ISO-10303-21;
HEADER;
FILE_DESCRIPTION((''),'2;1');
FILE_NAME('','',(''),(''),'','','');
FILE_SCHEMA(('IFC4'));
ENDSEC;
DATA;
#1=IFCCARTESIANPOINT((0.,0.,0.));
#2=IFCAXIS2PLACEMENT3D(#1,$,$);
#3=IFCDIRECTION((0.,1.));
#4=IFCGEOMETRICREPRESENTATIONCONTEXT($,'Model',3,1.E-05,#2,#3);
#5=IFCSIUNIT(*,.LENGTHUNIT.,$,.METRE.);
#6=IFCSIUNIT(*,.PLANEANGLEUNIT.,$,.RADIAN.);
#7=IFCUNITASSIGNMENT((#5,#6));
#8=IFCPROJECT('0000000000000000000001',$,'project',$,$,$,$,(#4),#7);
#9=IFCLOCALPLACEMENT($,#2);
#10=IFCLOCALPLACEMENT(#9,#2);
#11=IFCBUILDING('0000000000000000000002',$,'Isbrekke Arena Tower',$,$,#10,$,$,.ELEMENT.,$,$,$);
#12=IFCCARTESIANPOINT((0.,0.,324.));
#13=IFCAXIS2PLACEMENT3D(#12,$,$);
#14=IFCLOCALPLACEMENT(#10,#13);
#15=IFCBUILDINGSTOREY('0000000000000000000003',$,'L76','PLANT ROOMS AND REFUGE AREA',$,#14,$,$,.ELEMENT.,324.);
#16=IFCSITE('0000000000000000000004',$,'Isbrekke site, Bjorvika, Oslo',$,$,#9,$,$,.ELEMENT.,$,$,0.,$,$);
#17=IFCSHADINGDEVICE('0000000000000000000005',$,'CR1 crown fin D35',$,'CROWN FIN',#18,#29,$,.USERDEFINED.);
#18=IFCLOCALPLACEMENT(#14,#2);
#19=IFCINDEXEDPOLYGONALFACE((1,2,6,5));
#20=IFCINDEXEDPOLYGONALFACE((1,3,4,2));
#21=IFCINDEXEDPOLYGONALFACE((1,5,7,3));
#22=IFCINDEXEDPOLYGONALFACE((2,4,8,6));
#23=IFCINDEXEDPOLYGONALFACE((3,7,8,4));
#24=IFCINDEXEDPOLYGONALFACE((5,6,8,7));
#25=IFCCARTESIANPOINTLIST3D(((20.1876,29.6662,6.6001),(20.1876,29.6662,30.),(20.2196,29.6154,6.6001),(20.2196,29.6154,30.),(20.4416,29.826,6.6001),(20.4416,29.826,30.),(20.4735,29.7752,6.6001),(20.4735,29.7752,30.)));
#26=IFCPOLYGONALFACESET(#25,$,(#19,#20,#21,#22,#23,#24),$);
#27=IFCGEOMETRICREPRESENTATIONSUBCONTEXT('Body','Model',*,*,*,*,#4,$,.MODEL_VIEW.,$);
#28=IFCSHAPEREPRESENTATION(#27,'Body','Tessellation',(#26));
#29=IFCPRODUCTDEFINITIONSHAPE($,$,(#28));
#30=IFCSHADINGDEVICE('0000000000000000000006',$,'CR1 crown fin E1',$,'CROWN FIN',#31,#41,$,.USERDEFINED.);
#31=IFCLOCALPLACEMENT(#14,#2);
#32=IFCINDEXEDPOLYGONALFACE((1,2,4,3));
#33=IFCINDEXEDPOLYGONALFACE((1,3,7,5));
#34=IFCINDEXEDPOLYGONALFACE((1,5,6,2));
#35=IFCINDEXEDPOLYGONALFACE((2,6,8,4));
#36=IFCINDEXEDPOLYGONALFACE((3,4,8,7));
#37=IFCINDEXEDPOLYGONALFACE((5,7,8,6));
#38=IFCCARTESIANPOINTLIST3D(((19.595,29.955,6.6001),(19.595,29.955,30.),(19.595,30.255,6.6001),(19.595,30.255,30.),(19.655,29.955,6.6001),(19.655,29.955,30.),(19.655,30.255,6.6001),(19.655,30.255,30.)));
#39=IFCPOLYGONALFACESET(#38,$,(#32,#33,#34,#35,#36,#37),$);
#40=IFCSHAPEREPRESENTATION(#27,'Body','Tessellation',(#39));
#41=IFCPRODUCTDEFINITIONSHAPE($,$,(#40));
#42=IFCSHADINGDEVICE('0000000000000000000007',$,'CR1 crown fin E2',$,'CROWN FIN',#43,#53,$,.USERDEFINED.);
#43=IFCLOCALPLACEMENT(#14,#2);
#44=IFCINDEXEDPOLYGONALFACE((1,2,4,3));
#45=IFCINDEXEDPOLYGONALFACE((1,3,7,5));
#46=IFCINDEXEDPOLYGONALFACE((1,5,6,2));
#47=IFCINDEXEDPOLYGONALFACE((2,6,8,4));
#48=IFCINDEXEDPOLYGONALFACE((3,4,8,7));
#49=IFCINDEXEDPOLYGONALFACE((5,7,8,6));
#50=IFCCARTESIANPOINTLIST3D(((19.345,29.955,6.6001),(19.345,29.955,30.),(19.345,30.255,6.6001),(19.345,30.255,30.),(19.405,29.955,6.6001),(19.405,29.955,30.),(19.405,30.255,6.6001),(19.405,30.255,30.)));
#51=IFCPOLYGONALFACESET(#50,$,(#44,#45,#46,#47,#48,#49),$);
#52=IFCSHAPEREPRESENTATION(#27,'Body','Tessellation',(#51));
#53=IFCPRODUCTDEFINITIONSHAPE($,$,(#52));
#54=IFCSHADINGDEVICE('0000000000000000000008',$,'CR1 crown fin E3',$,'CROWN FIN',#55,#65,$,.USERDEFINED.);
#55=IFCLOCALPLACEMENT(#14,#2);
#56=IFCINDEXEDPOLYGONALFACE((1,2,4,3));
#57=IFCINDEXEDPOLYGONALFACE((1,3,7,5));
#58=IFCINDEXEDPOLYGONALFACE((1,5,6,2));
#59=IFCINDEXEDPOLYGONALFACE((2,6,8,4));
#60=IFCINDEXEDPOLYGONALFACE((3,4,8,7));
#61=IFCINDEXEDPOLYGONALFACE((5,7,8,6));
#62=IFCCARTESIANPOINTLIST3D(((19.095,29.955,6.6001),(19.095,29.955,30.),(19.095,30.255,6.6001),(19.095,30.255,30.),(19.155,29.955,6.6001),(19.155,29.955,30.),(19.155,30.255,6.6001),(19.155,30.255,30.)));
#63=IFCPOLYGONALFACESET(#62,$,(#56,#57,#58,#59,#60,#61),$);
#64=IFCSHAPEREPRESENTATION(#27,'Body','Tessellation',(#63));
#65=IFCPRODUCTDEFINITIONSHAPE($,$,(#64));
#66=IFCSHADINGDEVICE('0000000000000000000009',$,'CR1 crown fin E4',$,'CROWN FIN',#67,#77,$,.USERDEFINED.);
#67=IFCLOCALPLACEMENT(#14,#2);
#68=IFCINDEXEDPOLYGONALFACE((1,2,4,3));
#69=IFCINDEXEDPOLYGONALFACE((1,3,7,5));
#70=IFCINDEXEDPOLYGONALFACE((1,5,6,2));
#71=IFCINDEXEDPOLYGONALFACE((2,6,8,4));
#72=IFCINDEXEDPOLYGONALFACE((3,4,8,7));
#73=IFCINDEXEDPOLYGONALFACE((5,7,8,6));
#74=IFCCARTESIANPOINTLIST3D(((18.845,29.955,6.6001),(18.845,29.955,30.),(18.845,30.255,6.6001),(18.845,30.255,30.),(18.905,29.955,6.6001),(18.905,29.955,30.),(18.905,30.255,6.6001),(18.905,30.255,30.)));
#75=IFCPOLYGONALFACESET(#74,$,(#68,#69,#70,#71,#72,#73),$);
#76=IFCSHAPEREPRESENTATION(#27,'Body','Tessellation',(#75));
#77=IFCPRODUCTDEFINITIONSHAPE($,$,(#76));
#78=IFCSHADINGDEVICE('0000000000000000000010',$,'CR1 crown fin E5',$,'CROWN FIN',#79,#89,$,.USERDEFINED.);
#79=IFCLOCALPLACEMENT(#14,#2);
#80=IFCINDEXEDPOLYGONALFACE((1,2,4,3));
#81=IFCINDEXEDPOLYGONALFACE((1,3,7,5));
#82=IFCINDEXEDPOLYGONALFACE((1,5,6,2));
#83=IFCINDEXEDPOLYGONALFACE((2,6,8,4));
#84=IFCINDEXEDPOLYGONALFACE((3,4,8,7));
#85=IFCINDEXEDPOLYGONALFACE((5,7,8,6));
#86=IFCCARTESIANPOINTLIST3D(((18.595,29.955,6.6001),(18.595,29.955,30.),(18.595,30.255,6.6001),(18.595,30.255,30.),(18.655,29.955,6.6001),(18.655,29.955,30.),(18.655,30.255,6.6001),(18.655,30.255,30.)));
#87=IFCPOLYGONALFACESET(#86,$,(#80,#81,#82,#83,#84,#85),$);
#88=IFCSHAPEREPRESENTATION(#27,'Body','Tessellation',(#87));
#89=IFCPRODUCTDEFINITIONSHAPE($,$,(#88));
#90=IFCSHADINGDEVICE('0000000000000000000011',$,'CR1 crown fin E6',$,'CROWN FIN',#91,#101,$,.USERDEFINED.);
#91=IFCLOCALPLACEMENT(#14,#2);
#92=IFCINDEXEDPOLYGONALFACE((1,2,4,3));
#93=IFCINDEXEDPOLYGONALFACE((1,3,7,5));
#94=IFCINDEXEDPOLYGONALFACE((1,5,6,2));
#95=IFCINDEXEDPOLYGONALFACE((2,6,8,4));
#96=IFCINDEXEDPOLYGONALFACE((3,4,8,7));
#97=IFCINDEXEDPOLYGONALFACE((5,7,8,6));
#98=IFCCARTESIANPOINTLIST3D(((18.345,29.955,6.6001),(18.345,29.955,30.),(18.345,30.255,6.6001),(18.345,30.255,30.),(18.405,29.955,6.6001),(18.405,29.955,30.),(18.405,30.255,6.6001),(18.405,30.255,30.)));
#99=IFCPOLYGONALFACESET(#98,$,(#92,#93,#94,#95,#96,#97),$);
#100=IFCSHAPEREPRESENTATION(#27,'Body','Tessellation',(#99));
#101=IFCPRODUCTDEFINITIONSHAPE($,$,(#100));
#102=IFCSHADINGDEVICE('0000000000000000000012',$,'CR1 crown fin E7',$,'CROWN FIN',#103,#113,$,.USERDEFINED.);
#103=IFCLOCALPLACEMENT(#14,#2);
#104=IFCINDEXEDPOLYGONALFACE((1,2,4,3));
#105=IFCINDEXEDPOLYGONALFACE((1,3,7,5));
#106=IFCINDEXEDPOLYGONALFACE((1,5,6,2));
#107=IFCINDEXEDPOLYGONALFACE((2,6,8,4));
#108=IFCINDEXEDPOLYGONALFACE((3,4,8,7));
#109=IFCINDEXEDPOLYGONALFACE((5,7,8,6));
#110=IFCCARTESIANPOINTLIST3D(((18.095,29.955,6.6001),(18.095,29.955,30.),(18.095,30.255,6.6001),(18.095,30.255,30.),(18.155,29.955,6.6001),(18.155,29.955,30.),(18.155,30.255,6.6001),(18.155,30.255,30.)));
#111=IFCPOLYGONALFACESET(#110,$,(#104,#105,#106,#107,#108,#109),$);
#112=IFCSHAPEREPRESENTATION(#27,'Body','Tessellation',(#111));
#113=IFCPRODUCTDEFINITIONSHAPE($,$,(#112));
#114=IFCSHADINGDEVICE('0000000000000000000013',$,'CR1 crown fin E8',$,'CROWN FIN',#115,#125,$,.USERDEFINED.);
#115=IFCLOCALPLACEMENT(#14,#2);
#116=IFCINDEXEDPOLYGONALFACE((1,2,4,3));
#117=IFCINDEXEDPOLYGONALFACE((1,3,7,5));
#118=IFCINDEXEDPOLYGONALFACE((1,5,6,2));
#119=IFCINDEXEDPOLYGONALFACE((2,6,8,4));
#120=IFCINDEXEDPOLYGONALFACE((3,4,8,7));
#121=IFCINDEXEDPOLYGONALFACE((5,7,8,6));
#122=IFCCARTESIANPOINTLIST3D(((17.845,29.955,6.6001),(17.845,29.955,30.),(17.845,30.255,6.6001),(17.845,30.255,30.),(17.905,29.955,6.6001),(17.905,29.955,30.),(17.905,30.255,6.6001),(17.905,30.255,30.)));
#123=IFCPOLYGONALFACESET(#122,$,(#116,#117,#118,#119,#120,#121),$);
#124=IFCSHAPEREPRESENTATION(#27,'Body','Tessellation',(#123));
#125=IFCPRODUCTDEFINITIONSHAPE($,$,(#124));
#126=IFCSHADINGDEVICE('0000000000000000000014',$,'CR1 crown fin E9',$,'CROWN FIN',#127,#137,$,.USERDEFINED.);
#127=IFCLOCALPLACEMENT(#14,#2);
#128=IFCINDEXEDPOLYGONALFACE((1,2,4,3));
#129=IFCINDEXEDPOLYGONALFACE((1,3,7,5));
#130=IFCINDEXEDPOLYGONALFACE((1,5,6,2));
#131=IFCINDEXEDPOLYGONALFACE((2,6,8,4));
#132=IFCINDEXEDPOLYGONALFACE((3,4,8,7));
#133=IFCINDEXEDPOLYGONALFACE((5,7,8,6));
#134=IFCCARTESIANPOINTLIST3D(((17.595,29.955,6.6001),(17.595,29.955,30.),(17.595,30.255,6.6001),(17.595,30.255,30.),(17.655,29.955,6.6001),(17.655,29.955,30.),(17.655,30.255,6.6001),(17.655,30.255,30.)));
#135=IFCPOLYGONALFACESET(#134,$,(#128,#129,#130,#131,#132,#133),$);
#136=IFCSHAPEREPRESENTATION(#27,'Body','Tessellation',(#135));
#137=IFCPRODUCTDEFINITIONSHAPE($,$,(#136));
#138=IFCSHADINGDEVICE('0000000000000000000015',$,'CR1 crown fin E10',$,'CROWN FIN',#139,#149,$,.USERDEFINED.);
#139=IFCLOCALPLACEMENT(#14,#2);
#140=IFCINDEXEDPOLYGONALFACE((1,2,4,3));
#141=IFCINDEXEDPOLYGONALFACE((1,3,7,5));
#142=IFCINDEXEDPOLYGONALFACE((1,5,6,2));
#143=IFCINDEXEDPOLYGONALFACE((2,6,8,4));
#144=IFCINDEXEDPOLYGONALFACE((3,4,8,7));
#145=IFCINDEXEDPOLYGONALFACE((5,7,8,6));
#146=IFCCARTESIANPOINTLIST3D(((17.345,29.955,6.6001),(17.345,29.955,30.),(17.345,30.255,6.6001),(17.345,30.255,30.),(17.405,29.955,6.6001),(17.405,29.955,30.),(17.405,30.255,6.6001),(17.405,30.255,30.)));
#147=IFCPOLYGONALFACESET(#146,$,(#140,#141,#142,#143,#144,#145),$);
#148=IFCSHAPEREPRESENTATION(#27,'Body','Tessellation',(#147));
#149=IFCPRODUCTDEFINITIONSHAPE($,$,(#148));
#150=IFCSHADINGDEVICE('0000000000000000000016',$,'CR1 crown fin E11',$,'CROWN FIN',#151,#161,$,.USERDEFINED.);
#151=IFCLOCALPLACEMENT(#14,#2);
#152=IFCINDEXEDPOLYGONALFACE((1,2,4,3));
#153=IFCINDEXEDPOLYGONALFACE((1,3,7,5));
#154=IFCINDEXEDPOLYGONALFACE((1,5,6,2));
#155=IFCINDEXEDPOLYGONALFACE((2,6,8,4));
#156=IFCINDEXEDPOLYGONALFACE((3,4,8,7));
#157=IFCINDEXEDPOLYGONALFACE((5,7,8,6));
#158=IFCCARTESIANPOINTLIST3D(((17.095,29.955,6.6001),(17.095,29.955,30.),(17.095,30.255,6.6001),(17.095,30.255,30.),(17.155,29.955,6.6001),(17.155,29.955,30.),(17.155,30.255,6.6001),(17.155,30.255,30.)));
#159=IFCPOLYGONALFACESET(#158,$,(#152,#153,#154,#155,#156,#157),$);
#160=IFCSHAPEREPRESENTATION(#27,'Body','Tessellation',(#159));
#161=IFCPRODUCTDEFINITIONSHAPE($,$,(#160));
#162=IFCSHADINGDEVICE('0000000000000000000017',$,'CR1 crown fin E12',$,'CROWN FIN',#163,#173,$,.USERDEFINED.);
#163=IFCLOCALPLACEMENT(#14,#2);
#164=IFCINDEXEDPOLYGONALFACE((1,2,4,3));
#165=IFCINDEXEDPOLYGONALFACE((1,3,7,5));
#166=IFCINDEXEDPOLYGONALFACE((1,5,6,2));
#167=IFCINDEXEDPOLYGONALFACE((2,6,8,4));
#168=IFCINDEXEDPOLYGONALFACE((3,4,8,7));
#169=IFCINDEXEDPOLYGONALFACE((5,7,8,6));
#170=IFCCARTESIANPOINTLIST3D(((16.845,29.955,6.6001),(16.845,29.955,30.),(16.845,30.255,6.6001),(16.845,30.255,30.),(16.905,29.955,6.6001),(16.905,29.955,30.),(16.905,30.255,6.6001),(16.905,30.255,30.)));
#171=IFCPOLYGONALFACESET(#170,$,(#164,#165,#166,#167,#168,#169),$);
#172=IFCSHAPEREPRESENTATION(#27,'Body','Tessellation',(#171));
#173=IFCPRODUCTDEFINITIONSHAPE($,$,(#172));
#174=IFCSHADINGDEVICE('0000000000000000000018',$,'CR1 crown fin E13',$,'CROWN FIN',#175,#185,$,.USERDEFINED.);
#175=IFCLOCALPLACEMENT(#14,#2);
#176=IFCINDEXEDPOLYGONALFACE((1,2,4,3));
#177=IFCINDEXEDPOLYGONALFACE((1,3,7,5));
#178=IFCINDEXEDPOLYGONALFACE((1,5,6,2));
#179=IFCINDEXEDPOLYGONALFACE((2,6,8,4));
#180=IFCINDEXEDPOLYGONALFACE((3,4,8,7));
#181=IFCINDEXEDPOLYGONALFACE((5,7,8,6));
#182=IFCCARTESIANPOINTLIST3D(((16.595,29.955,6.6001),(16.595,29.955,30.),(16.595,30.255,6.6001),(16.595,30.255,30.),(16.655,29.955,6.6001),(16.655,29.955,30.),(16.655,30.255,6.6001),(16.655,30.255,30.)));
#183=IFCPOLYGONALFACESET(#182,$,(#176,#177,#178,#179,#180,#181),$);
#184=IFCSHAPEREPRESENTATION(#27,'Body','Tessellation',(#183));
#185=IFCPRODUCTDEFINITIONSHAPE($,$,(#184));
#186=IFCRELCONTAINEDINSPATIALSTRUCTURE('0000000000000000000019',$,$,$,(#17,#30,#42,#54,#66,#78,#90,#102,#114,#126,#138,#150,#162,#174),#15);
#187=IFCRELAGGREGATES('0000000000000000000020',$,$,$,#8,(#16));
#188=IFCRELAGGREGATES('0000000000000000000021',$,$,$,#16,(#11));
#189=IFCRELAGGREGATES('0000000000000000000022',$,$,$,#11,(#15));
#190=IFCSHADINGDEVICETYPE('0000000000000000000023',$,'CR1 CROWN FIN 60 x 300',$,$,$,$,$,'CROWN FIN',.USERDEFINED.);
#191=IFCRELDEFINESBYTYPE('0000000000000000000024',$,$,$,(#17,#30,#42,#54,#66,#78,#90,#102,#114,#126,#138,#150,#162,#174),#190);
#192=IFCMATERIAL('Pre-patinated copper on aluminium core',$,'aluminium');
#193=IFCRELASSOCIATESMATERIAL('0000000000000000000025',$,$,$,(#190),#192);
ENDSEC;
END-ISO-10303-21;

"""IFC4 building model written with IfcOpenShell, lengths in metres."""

from ifc_helpers import new_model, si_unit, direction, frame, origin, origin_2d, place, context, subcontext, project, spatial, rectangle, extrude, material, material_profile, profile_set, type_object, element, save


model = new_model("IFC4")

# Units and contexts
model_context = context("Model", 3, precision=1e-05, world=origin(), true_north=direction((0.0, 1.0)))
body_context = subcontext(model_context, "Body", "Model", "MODEL_VIEW")
ifc_project = project(units=[si_unit("LENGTHUNIT", "METRE"), si_unit("PLANEANGLEUNIT", "RADIAN")], contexts=[model_context])

# Site, building, storey
site_placement = place(None, origin())
site = spatial("IfcSite", under=ifc_project, at=site_placement, Name="Isbrekke site, Bjorvika, Oslo", CompositionType="ELEMENT", RefElevation=0.0)
building_placement = place(site_placement, origin())
building = spatial("IfcBuilding", under=site, at=building_placement, Name="Isbrekke Arena Tower", CompositionType="ELEMENT")
storey_placement = place(building_placement, frame((0.0, 0.0, 324.0)))
storey = spatial("IfcBuildingStorey", under=building, at=storey_placement, Name="L76", Description="PLANT ROOMS AND REFUGE AREA", CompositionType="ELEMENT", Elevation=324.0)

# Shading devices
ifc_material = material(Name="Pre-patinated copper on aluminium core", Category="aluminium")
ifc_material_profile = material_profile(ifc_material, rectangle(XDim=0.0601, YDim=0.3, at=origin_2d()), Name="FIN 60X300")
ifc_profile_set = profile_set([ifc_material_profile], Name="Pre-patinated copper on aluminium core")
shading_device_type = type_object("IfcShadingDeviceType", Name="CR1 CROWN FIN 60 x 300", ElementType="CROWN FIN", PredefinedType="USERDEFINED", material=ifc_profile_set)
for number, where, z_axis, x_axis, name in (
    (1, (20.3306, 29.7207, 6.6001), (0.0, 0.0, 1.0), (-0.532529, 0.846412, 0.0), "CR1 crown fin D35"),
    (2, (19.625, 30.105, 6.6001), (0.0, 0.0, 1.0), (-1.0, 0.0, 0.0), "CR1 crown fin E1"),
    (3, (19.375, 30.105, 6.6001), (0.0, 0.0, 1.0), (-1.0, 0.0, 0.0), "CR1 crown fin E2"),
    (4, (19.125, 30.105, 6.6001), (0.0, 0.0, 1.0), (-1.0, 0.0, 0.0), "CR1 crown fin E3"),
    (5, (18.875, 30.105, 6.6001), (0.0, 0.0, 1.0), (-1.0, 0.0, 0.0), "CR1 crown fin E4"),
    (6, (18.625, 30.105, 6.6001), (0.0, 0.0, 1.0), (-1.0, 0.0, 0.0), "CR1 crown fin E5"),
    (7, (18.375, 30.105, 6.6001), (0.0, 0.0, 1.0), (-1.0, 0.0, 0.0), "CR1 crown fin E6"),
    (8, (18.125, 30.105, 6.6001), (0.0, 0.0, 1.0), (-1.0, 0.0, 0.0), "CR1 crown fin E7"),
    (9, (17.875, 30.105, 6.6001), (0.0, 0.0, 1.0), (-1.0, 0.0, 0.0), "CR1 crown fin E8"),
    (10, (17.625, 30.105, 6.6001), (0.0, 0.0, 1.0), (-1.0, 0.0, 0.0), "CR1 crown fin E9"),
    (11, (17.375, 30.105, 6.6001), (0.0, 0.0, 1.0), (-1.0, 0.0, 0.0), "CR1 crown fin E10"),
    (12, (17.125, 30.105, 6.6001), (0.0, 0.0, 1.0), (-1.0, 0.0, 0.0), "CR1 crown fin E11"),
    (13, (16.875, 30.105, 6.6001), (0.0, 0.0, 1.0), (-1.0, 0.0, 0.0), "CR1 crown fin E12"),
    (14, (16.625, 30.105, 6.6001), (0.0, 0.0, 1.0), (-1.0, 0.0, 0.0), "CR1 crown fin E13"),
):
    element("IfcShadingDevice", number, at=place(storey_placement, frame(where, z_axis=z_axis, x_axis=x_axis)), inside=storey, type_object=shading_device_type, Name=name, ObjectType="CROWN FIN", PredefinedType="USERDEFINED", context=body_context, shape_type="SweptSolid", body=[
        extrude(rectangle(XDim=0.0601, YDim=0.3, at=origin_2d()), origin(), (0.0, 0.0, 1.0), 23.3999),
    ])

save(model, "model.ifc")
